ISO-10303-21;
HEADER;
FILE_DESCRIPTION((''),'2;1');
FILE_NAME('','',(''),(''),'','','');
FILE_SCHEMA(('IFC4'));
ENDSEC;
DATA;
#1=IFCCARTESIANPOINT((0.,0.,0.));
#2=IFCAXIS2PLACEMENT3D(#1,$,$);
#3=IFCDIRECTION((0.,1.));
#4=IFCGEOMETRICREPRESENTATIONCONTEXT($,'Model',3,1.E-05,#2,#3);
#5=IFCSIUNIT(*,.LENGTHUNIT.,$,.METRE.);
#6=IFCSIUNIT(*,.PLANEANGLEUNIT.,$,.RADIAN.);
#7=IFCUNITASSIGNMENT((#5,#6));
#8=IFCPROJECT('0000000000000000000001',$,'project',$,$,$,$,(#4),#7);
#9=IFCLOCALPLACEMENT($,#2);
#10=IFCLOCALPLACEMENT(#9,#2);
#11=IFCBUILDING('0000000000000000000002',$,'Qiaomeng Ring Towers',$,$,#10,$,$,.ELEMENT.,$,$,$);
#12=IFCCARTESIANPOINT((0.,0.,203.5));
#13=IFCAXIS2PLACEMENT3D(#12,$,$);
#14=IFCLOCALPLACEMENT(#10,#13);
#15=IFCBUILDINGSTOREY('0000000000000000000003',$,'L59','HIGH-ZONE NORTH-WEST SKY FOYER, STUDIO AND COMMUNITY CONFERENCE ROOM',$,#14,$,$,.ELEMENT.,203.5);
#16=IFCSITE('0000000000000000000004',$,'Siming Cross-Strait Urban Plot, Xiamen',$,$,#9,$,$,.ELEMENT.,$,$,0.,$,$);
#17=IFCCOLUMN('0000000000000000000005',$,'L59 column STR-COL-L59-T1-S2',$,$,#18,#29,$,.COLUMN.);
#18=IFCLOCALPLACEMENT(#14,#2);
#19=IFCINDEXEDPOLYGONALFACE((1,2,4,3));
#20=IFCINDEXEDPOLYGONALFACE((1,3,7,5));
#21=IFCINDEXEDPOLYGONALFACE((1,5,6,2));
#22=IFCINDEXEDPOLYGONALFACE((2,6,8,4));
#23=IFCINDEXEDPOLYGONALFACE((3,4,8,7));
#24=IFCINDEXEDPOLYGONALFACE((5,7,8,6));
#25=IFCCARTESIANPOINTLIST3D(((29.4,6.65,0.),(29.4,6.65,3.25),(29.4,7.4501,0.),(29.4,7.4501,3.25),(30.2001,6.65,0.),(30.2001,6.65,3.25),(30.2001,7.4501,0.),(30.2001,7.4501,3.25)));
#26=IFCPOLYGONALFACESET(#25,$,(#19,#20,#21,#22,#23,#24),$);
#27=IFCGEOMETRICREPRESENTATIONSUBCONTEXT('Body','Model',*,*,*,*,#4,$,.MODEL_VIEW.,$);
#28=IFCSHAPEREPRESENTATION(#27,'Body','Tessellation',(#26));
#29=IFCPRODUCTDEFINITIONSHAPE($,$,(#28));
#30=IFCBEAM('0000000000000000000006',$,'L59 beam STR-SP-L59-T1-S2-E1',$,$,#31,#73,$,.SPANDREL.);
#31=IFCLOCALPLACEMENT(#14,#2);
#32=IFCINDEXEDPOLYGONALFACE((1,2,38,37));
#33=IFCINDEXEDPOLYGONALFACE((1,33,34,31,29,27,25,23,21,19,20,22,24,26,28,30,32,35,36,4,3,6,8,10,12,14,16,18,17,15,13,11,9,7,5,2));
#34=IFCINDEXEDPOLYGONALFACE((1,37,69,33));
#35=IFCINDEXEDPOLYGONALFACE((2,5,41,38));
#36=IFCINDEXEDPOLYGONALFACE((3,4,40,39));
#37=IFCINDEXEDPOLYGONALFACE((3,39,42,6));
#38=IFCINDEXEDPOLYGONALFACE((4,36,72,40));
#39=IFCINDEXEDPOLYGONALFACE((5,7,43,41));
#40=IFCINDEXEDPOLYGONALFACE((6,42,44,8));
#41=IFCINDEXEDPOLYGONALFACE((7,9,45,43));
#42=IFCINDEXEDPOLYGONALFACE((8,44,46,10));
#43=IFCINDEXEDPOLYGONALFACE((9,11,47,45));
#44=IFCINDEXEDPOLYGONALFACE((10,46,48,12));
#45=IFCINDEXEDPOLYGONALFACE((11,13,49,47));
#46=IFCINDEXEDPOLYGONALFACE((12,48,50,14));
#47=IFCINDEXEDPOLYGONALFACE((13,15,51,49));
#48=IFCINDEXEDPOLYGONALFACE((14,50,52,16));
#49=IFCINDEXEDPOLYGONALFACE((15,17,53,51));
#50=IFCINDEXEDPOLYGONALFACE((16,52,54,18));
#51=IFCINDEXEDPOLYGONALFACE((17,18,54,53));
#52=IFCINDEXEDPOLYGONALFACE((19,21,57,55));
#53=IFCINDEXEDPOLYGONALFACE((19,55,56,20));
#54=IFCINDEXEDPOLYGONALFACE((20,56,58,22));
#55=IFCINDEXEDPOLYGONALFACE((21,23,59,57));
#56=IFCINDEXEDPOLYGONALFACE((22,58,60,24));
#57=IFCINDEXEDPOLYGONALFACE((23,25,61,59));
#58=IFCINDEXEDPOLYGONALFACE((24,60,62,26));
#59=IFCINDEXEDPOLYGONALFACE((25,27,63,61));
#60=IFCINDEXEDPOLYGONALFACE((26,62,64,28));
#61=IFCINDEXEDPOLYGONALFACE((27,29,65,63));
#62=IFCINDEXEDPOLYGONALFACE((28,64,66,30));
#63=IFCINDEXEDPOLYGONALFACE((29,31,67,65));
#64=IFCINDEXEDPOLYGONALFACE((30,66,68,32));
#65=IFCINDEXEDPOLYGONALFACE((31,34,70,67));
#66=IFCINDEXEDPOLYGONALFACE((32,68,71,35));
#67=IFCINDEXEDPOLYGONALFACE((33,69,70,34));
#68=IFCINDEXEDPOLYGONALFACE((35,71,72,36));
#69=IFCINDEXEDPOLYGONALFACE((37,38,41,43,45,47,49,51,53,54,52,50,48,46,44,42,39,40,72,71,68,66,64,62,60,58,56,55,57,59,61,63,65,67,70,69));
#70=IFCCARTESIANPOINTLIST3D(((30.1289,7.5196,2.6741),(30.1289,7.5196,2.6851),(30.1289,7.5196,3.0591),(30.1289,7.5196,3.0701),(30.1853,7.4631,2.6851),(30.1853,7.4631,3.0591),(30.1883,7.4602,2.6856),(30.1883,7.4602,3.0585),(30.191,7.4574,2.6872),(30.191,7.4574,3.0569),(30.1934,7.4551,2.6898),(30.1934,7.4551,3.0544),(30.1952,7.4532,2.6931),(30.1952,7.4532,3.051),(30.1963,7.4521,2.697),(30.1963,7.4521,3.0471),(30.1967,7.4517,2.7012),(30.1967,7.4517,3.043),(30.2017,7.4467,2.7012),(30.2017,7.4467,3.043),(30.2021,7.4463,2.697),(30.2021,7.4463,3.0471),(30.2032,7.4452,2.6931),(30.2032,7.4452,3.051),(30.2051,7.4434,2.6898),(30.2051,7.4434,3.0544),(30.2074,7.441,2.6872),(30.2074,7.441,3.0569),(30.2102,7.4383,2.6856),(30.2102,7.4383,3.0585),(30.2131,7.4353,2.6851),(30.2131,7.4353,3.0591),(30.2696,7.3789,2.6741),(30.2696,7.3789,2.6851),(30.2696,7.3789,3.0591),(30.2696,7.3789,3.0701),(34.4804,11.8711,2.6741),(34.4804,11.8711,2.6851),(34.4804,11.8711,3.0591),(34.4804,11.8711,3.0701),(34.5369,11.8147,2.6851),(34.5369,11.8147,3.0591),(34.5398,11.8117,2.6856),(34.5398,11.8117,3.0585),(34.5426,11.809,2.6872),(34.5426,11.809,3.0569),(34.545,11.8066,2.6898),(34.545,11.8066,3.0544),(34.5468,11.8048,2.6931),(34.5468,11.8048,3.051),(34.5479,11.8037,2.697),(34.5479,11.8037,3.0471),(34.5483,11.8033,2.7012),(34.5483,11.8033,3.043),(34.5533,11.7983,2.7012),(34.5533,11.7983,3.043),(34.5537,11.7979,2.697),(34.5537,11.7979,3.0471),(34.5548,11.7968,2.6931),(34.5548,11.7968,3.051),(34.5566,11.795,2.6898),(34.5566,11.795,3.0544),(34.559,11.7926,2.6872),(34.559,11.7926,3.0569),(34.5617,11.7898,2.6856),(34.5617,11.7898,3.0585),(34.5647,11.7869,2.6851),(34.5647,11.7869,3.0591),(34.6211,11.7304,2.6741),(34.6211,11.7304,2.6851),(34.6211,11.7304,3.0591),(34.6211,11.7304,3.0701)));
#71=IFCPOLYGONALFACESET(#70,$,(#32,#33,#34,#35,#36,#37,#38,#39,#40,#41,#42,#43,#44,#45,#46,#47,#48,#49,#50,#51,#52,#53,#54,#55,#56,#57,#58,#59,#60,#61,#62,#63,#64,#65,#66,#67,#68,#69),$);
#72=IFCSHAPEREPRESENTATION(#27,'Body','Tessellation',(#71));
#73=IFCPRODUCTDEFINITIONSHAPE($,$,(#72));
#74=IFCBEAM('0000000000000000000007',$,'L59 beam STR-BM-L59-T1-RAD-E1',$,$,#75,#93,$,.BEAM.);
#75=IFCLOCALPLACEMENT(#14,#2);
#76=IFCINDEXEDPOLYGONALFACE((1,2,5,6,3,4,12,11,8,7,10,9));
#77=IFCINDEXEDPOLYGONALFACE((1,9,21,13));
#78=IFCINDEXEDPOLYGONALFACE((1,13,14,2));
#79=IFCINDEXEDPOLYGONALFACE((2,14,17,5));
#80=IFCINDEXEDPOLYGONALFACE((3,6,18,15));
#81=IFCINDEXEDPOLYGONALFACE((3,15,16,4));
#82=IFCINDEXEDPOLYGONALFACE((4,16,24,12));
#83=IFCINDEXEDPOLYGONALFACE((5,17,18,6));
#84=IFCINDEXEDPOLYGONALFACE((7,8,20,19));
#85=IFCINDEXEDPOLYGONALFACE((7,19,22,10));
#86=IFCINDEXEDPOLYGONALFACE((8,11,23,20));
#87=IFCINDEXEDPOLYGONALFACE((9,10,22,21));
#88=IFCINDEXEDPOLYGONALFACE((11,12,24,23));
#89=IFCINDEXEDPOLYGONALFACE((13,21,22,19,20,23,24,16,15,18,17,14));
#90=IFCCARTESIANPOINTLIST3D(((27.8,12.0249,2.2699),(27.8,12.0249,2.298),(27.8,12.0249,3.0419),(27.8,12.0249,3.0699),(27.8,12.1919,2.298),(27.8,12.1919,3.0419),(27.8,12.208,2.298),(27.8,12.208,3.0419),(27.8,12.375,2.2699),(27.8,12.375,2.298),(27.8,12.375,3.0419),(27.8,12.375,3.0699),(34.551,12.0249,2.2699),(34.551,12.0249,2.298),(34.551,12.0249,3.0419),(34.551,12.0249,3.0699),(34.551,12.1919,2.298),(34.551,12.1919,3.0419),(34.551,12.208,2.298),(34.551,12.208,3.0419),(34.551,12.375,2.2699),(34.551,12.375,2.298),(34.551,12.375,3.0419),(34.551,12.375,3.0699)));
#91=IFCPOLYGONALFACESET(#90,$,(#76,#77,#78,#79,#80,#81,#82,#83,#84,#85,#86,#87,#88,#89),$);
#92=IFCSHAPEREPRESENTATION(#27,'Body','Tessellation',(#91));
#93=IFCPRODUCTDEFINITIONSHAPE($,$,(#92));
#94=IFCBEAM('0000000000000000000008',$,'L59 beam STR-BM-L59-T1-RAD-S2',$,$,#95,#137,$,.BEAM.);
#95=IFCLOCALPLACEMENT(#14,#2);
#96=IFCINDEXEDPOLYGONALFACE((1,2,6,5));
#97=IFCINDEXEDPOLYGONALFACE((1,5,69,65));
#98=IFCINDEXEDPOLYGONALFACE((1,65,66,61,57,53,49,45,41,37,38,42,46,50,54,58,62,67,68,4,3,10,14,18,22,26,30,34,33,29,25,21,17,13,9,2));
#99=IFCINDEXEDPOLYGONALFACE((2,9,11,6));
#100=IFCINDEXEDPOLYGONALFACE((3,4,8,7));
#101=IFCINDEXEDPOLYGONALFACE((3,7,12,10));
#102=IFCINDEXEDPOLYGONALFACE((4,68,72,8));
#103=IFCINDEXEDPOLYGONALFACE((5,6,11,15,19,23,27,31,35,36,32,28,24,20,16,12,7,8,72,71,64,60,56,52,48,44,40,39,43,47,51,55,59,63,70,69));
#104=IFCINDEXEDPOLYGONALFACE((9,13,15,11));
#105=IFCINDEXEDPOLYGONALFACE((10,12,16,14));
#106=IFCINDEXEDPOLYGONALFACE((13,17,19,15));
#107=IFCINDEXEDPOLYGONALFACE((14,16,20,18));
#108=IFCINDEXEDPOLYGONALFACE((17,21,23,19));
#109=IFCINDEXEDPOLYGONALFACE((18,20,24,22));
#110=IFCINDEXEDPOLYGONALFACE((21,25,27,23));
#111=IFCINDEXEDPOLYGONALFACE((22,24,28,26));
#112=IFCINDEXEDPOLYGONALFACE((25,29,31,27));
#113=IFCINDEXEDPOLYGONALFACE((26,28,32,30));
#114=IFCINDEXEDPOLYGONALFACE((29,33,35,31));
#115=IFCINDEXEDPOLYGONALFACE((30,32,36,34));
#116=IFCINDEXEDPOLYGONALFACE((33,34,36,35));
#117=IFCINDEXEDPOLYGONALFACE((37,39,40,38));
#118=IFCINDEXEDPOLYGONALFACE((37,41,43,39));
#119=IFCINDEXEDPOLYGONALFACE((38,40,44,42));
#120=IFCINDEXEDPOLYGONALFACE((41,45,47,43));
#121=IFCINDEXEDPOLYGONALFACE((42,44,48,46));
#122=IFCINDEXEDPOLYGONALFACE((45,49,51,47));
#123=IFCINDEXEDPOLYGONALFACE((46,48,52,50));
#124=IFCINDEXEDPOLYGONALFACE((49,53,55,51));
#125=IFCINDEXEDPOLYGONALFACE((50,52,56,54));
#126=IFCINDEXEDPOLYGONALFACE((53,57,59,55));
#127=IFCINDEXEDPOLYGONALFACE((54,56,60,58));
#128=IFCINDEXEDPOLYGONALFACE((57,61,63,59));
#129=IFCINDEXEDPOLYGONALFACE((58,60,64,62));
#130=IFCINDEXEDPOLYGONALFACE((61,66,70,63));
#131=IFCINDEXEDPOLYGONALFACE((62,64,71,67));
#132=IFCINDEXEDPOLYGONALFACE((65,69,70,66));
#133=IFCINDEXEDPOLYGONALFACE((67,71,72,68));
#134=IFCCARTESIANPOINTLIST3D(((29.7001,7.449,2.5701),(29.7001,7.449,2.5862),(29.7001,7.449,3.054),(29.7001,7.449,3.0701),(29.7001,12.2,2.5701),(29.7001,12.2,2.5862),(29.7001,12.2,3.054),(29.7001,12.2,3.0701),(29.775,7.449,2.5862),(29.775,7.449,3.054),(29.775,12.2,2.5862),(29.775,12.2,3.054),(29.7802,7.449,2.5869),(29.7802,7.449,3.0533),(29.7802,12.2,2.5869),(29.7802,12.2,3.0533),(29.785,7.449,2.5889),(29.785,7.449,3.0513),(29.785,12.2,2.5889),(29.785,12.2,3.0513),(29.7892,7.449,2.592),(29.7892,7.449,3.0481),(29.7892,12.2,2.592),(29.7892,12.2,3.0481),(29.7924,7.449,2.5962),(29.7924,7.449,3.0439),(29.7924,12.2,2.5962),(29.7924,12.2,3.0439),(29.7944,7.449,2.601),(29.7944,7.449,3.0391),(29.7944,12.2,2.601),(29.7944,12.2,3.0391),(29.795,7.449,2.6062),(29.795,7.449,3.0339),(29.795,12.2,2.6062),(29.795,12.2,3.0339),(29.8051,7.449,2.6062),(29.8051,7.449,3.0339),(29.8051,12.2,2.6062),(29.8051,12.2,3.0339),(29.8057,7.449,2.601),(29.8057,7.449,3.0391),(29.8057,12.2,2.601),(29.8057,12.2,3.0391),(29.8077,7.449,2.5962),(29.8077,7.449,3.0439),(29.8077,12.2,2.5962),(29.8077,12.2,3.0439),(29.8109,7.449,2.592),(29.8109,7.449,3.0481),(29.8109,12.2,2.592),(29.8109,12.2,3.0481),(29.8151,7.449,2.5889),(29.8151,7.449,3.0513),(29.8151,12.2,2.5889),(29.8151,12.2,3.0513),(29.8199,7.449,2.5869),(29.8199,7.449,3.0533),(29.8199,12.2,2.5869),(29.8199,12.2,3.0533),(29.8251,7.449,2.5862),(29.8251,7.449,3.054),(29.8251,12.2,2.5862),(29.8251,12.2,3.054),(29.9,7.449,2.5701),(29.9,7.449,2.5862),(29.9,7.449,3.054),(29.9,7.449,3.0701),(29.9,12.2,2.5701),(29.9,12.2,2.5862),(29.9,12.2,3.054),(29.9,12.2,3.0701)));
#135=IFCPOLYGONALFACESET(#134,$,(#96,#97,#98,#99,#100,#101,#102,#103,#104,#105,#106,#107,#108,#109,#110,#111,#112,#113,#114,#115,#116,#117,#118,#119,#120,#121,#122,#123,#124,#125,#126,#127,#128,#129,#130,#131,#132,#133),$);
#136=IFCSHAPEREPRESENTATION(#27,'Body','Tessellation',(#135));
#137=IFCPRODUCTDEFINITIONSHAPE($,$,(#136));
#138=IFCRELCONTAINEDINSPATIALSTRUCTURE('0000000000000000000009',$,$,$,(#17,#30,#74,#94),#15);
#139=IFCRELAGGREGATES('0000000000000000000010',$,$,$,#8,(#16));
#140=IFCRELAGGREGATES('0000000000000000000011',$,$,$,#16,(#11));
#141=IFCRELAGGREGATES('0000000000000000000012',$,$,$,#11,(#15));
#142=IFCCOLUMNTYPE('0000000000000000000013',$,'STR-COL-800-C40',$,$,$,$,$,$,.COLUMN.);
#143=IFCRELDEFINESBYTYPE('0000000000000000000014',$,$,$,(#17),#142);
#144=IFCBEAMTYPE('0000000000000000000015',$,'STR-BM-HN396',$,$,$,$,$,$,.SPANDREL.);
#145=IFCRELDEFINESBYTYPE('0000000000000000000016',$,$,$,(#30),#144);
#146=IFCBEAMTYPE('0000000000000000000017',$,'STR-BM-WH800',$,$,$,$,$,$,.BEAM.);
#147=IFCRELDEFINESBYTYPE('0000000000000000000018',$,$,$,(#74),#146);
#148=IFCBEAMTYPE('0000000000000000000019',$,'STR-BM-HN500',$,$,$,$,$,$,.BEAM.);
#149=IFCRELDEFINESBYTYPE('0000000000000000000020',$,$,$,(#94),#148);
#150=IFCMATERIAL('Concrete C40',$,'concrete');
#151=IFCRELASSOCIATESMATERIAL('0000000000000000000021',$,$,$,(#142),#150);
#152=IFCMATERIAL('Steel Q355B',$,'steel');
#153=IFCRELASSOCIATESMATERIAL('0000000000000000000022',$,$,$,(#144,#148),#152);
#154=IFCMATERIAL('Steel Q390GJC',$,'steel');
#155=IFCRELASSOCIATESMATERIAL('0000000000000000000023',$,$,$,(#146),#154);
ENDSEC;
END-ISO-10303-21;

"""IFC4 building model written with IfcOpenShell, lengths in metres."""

from ifc_helpers import new_model, si_unit, direction, frame, origin, origin_2d, place, context, subcontext, project, spatial, rectangle, i_section, extrude, source, transform, mapped, material, material_profile, profile_set, type_object, element, save


model = new_model("IFC4")

# Units and contexts
model_context = context("Model", 3, precision=1e-05, world=origin(), true_north=direction((0.0, 1.0)))
body_context = subcontext(model_context, "Body", "Model", "MODEL_VIEW")
ifc_project = project(units=[si_unit("LENGTHUNIT", "METRE"), si_unit("PLANEANGLEUNIT", "RADIAN")], contexts=[model_context])

# Site, building, storey
site_placement = place(None, origin())
site = spatial("IfcSite", under=ifc_project, at=site_placement, Name="Siming Cross-Strait Urban Plot, Xiamen", CompositionType="ELEMENT", RefElevation=0.0)
building_placement = place(site_placement, origin())
building = spatial("IfcBuilding", under=site, at=building_placement, Name="Qiaomeng Ring Towers", CompositionType="ELEMENT")
storey_placement = place(building_placement, frame((0.0, 0.0, 203.5)))
storey = spatial("IfcBuildingStorey", under=building, at=storey_placement, Name="L59", Description="HIGH-ZONE NORTH-WEST SKY FOYER, STUDIO AND COMMUNITY CONFERENCE ROOM", CompositionType="ELEMENT", Elevation=203.5)

# Column
ifc_material_1 = material(Name="Concrete C40", Category="concrete")
ifc_material_profile_1 = material_profile(ifc_material_1, rectangle(XDim=0.8, YDim=0.8, at=origin_2d()), Name="RC COL 800x800")
ifc_profile_set_1 = profile_set([ifc_material_profile_1], Name="Concrete C40")
column_type = type_object("IfcColumnType", Name="STR-COL-800-C40", PredefinedType="COLUMN", material=ifc_profile_set_1)
shared_shape_1 = source(origin(), body_context, "Body", "SweptSolid", [
    extrude(rectangle(XDim=0.8, YDim=0.8, at=origin_2d()), origin(), (0.0, 0.0, 1.0), 3.25),
])
column_placement = place(storey_placement, frame((29.8, 7.05, 0.0), z_axis=(0.0, 0.0, 1.0), x_axis=(1.0, 0.0, 0.0)))
element("IfcColumn", 1, at=column_placement, inside=storey, type_object=column_type, Name="L59 column STR-COL-L59-T1-S2", PredefinedType="COLUMN", context=body_context, shape_type="MappedRepresentation", body=[
    mapped(shared_shape_1, transform((0.0, 0.0, 0.0), x_axis=(1.0, 0.0, 0.0), y_axis=(0.0, 1.0, 0.0), z_axis=(0.0, 0.0, 1.0), scale=1.0)),
])

# Beams
ifc_material_2 = material(Name="Steel Q355B", Category="steel")
ifc_material_profile_2 = material_profile(ifc_material_2, i_section(OverallWidth=0.199, OverallDepth=0.396, WebThickness=0.0071, FlangeThickness=0.011, FilletRadius=0.0161, at=origin_2d()), Name="HN 396x199x7x11")
ifc_profile_set_2 = profile_set([ifc_material_profile_2], Name="Steel Q355B")
beam_type_1 = type_object("IfcBeamType", Name="STR-BM-HN396", PredefinedType="SPANDREL", material=ifc_profile_set_2)
shared_shape_2 = source(origin(), body_context, "Body", "SweptSolid", [
    extrude(i_section(OverallWidth=0.199, OverallDepth=0.396, WebThickness=0.0071, FlangeThickness=0.011, FilletRadius=0.0161, at=origin_2d()), origin(), (0.0, 0.0, 1.0), 6.1541),
])
beam_1_placement = place(storey_placement, frame((30.1992, 7.4492, 2.8721), z_axis=(0.707107, 0.707107, 0.0), x_axis=(-0.707107, 0.707107, 0.0)))
element("IfcBeam", 2, at=beam_1_placement, inside=storey, type_object=beam_type_1, Name="L59 beam STR-SP-L59-T1-S2-E1", PredefinedType="SPANDREL", context=body_context, shape_type="MappedRepresentation", body=[
    mapped(shared_shape_2, transform((0.0, 0.0, 0.0), x_axis=(1.0, 0.0, 0.0), y_axis=(0.0, 1.0, 0.0), z_axis=(0.0, 0.0, 1.0), scale=1.0)),
])
ifc_material_3 = material(Name="Steel Q390GJC", Category="steel")
ifc_material_profile_3 = material_profile(ifc_material_3, i_section(OverallWidth=0.3501, OverallDepth=0.8, WebThickness=0.0161, FlangeThickness=0.0281, at=origin_2d()), Name="WH 800x350x16x28")
ifc_profile_set_3 = profile_set([ifc_material_profile_3], Name="Steel Q390GJC")
beam_type_2 = type_object("IfcBeamType", Name="STR-BM-WH800", PredefinedType="BEAM", material=ifc_profile_set_3)
shared_shape_3 = source(origin(), body_context, "Body", "SweptSolid", [
    extrude(i_section(OverallWidth=0.3501, OverallDepth=0.8, WebThickness=0.0161, FlangeThickness=0.0281, at=origin_2d()), origin(), (0.0, 0.0, 1.0), 6.751),
])
beam_2_placement = place(storey_placement, frame((27.8, 12.2, 2.6699), z_axis=(1.0, 0.0, 0.0), x_axis=(0.0, 1.0, 0.0)))
element("IfcBeam", 3, at=beam_2_placement, inside=storey, type_object=beam_type_2, Name="L59 beam STR-BM-L59-T1-RAD-E1", PredefinedType="BEAM", context=body_context, shape_type="MappedRepresentation", body=[
    mapped(shared_shape_3, transform((0.0, 0.0, 0.0), x_axis=(1.0, 0.0, 0.0), y_axis=(0.0, 1.0, 0.0), z_axis=(0.0, 0.0, 1.0), scale=1.0)),
])
ifc_material_profile_4 = material_profile(ifc_material_2, i_section(OverallWidth=0.2, OverallDepth=0.5, WebThickness=0.01, FlangeThickness=0.0161, FilletRadius=0.02, at=origin_2d()), Name="HN 500x200x10x16")
ifc_profile_set_4 = profile_set([ifc_material_profile_4], Name="Steel Q355B")
beam_type_3 = type_object("IfcBeamType", Name="STR-BM-HN500", PredefinedType="BEAM", material=ifc_profile_set_4)
shared_shape_4 = source(origin(), body_context, "Body", "SweptSolid", [
    extrude(i_section(OverallWidth=0.2, OverallDepth=0.5, WebThickness=0.01, FlangeThickness=0.0161, FilletRadius=0.02, at=origin_2d()), origin(), (0.0, 0.0, 1.0), 4.751),
])
beam_3_placement = place(storey_placement, frame((29.8, 7.449, 2.8201), z_axis=(0.0, 1.0, 0.0), x_axis=(-1.0, 0.0, 0.0)))
element("IfcBeam", 4, at=beam_3_placement, inside=storey, type_object=beam_type_3, Name="L59 beam STR-BM-L59-T1-RAD-S2", PredefinedType="BEAM", context=body_context, shape_type="MappedRepresentation", body=[
    mapped(shared_shape_4, transform((0.0, 0.0, 0.0), x_axis=(1.0, 0.0, 0.0), y_axis=(0.0, 1.0, 0.0), z_axis=(0.0, 0.0, 1.0), scale=1.0)),
])

save(model, "model.ifc")
